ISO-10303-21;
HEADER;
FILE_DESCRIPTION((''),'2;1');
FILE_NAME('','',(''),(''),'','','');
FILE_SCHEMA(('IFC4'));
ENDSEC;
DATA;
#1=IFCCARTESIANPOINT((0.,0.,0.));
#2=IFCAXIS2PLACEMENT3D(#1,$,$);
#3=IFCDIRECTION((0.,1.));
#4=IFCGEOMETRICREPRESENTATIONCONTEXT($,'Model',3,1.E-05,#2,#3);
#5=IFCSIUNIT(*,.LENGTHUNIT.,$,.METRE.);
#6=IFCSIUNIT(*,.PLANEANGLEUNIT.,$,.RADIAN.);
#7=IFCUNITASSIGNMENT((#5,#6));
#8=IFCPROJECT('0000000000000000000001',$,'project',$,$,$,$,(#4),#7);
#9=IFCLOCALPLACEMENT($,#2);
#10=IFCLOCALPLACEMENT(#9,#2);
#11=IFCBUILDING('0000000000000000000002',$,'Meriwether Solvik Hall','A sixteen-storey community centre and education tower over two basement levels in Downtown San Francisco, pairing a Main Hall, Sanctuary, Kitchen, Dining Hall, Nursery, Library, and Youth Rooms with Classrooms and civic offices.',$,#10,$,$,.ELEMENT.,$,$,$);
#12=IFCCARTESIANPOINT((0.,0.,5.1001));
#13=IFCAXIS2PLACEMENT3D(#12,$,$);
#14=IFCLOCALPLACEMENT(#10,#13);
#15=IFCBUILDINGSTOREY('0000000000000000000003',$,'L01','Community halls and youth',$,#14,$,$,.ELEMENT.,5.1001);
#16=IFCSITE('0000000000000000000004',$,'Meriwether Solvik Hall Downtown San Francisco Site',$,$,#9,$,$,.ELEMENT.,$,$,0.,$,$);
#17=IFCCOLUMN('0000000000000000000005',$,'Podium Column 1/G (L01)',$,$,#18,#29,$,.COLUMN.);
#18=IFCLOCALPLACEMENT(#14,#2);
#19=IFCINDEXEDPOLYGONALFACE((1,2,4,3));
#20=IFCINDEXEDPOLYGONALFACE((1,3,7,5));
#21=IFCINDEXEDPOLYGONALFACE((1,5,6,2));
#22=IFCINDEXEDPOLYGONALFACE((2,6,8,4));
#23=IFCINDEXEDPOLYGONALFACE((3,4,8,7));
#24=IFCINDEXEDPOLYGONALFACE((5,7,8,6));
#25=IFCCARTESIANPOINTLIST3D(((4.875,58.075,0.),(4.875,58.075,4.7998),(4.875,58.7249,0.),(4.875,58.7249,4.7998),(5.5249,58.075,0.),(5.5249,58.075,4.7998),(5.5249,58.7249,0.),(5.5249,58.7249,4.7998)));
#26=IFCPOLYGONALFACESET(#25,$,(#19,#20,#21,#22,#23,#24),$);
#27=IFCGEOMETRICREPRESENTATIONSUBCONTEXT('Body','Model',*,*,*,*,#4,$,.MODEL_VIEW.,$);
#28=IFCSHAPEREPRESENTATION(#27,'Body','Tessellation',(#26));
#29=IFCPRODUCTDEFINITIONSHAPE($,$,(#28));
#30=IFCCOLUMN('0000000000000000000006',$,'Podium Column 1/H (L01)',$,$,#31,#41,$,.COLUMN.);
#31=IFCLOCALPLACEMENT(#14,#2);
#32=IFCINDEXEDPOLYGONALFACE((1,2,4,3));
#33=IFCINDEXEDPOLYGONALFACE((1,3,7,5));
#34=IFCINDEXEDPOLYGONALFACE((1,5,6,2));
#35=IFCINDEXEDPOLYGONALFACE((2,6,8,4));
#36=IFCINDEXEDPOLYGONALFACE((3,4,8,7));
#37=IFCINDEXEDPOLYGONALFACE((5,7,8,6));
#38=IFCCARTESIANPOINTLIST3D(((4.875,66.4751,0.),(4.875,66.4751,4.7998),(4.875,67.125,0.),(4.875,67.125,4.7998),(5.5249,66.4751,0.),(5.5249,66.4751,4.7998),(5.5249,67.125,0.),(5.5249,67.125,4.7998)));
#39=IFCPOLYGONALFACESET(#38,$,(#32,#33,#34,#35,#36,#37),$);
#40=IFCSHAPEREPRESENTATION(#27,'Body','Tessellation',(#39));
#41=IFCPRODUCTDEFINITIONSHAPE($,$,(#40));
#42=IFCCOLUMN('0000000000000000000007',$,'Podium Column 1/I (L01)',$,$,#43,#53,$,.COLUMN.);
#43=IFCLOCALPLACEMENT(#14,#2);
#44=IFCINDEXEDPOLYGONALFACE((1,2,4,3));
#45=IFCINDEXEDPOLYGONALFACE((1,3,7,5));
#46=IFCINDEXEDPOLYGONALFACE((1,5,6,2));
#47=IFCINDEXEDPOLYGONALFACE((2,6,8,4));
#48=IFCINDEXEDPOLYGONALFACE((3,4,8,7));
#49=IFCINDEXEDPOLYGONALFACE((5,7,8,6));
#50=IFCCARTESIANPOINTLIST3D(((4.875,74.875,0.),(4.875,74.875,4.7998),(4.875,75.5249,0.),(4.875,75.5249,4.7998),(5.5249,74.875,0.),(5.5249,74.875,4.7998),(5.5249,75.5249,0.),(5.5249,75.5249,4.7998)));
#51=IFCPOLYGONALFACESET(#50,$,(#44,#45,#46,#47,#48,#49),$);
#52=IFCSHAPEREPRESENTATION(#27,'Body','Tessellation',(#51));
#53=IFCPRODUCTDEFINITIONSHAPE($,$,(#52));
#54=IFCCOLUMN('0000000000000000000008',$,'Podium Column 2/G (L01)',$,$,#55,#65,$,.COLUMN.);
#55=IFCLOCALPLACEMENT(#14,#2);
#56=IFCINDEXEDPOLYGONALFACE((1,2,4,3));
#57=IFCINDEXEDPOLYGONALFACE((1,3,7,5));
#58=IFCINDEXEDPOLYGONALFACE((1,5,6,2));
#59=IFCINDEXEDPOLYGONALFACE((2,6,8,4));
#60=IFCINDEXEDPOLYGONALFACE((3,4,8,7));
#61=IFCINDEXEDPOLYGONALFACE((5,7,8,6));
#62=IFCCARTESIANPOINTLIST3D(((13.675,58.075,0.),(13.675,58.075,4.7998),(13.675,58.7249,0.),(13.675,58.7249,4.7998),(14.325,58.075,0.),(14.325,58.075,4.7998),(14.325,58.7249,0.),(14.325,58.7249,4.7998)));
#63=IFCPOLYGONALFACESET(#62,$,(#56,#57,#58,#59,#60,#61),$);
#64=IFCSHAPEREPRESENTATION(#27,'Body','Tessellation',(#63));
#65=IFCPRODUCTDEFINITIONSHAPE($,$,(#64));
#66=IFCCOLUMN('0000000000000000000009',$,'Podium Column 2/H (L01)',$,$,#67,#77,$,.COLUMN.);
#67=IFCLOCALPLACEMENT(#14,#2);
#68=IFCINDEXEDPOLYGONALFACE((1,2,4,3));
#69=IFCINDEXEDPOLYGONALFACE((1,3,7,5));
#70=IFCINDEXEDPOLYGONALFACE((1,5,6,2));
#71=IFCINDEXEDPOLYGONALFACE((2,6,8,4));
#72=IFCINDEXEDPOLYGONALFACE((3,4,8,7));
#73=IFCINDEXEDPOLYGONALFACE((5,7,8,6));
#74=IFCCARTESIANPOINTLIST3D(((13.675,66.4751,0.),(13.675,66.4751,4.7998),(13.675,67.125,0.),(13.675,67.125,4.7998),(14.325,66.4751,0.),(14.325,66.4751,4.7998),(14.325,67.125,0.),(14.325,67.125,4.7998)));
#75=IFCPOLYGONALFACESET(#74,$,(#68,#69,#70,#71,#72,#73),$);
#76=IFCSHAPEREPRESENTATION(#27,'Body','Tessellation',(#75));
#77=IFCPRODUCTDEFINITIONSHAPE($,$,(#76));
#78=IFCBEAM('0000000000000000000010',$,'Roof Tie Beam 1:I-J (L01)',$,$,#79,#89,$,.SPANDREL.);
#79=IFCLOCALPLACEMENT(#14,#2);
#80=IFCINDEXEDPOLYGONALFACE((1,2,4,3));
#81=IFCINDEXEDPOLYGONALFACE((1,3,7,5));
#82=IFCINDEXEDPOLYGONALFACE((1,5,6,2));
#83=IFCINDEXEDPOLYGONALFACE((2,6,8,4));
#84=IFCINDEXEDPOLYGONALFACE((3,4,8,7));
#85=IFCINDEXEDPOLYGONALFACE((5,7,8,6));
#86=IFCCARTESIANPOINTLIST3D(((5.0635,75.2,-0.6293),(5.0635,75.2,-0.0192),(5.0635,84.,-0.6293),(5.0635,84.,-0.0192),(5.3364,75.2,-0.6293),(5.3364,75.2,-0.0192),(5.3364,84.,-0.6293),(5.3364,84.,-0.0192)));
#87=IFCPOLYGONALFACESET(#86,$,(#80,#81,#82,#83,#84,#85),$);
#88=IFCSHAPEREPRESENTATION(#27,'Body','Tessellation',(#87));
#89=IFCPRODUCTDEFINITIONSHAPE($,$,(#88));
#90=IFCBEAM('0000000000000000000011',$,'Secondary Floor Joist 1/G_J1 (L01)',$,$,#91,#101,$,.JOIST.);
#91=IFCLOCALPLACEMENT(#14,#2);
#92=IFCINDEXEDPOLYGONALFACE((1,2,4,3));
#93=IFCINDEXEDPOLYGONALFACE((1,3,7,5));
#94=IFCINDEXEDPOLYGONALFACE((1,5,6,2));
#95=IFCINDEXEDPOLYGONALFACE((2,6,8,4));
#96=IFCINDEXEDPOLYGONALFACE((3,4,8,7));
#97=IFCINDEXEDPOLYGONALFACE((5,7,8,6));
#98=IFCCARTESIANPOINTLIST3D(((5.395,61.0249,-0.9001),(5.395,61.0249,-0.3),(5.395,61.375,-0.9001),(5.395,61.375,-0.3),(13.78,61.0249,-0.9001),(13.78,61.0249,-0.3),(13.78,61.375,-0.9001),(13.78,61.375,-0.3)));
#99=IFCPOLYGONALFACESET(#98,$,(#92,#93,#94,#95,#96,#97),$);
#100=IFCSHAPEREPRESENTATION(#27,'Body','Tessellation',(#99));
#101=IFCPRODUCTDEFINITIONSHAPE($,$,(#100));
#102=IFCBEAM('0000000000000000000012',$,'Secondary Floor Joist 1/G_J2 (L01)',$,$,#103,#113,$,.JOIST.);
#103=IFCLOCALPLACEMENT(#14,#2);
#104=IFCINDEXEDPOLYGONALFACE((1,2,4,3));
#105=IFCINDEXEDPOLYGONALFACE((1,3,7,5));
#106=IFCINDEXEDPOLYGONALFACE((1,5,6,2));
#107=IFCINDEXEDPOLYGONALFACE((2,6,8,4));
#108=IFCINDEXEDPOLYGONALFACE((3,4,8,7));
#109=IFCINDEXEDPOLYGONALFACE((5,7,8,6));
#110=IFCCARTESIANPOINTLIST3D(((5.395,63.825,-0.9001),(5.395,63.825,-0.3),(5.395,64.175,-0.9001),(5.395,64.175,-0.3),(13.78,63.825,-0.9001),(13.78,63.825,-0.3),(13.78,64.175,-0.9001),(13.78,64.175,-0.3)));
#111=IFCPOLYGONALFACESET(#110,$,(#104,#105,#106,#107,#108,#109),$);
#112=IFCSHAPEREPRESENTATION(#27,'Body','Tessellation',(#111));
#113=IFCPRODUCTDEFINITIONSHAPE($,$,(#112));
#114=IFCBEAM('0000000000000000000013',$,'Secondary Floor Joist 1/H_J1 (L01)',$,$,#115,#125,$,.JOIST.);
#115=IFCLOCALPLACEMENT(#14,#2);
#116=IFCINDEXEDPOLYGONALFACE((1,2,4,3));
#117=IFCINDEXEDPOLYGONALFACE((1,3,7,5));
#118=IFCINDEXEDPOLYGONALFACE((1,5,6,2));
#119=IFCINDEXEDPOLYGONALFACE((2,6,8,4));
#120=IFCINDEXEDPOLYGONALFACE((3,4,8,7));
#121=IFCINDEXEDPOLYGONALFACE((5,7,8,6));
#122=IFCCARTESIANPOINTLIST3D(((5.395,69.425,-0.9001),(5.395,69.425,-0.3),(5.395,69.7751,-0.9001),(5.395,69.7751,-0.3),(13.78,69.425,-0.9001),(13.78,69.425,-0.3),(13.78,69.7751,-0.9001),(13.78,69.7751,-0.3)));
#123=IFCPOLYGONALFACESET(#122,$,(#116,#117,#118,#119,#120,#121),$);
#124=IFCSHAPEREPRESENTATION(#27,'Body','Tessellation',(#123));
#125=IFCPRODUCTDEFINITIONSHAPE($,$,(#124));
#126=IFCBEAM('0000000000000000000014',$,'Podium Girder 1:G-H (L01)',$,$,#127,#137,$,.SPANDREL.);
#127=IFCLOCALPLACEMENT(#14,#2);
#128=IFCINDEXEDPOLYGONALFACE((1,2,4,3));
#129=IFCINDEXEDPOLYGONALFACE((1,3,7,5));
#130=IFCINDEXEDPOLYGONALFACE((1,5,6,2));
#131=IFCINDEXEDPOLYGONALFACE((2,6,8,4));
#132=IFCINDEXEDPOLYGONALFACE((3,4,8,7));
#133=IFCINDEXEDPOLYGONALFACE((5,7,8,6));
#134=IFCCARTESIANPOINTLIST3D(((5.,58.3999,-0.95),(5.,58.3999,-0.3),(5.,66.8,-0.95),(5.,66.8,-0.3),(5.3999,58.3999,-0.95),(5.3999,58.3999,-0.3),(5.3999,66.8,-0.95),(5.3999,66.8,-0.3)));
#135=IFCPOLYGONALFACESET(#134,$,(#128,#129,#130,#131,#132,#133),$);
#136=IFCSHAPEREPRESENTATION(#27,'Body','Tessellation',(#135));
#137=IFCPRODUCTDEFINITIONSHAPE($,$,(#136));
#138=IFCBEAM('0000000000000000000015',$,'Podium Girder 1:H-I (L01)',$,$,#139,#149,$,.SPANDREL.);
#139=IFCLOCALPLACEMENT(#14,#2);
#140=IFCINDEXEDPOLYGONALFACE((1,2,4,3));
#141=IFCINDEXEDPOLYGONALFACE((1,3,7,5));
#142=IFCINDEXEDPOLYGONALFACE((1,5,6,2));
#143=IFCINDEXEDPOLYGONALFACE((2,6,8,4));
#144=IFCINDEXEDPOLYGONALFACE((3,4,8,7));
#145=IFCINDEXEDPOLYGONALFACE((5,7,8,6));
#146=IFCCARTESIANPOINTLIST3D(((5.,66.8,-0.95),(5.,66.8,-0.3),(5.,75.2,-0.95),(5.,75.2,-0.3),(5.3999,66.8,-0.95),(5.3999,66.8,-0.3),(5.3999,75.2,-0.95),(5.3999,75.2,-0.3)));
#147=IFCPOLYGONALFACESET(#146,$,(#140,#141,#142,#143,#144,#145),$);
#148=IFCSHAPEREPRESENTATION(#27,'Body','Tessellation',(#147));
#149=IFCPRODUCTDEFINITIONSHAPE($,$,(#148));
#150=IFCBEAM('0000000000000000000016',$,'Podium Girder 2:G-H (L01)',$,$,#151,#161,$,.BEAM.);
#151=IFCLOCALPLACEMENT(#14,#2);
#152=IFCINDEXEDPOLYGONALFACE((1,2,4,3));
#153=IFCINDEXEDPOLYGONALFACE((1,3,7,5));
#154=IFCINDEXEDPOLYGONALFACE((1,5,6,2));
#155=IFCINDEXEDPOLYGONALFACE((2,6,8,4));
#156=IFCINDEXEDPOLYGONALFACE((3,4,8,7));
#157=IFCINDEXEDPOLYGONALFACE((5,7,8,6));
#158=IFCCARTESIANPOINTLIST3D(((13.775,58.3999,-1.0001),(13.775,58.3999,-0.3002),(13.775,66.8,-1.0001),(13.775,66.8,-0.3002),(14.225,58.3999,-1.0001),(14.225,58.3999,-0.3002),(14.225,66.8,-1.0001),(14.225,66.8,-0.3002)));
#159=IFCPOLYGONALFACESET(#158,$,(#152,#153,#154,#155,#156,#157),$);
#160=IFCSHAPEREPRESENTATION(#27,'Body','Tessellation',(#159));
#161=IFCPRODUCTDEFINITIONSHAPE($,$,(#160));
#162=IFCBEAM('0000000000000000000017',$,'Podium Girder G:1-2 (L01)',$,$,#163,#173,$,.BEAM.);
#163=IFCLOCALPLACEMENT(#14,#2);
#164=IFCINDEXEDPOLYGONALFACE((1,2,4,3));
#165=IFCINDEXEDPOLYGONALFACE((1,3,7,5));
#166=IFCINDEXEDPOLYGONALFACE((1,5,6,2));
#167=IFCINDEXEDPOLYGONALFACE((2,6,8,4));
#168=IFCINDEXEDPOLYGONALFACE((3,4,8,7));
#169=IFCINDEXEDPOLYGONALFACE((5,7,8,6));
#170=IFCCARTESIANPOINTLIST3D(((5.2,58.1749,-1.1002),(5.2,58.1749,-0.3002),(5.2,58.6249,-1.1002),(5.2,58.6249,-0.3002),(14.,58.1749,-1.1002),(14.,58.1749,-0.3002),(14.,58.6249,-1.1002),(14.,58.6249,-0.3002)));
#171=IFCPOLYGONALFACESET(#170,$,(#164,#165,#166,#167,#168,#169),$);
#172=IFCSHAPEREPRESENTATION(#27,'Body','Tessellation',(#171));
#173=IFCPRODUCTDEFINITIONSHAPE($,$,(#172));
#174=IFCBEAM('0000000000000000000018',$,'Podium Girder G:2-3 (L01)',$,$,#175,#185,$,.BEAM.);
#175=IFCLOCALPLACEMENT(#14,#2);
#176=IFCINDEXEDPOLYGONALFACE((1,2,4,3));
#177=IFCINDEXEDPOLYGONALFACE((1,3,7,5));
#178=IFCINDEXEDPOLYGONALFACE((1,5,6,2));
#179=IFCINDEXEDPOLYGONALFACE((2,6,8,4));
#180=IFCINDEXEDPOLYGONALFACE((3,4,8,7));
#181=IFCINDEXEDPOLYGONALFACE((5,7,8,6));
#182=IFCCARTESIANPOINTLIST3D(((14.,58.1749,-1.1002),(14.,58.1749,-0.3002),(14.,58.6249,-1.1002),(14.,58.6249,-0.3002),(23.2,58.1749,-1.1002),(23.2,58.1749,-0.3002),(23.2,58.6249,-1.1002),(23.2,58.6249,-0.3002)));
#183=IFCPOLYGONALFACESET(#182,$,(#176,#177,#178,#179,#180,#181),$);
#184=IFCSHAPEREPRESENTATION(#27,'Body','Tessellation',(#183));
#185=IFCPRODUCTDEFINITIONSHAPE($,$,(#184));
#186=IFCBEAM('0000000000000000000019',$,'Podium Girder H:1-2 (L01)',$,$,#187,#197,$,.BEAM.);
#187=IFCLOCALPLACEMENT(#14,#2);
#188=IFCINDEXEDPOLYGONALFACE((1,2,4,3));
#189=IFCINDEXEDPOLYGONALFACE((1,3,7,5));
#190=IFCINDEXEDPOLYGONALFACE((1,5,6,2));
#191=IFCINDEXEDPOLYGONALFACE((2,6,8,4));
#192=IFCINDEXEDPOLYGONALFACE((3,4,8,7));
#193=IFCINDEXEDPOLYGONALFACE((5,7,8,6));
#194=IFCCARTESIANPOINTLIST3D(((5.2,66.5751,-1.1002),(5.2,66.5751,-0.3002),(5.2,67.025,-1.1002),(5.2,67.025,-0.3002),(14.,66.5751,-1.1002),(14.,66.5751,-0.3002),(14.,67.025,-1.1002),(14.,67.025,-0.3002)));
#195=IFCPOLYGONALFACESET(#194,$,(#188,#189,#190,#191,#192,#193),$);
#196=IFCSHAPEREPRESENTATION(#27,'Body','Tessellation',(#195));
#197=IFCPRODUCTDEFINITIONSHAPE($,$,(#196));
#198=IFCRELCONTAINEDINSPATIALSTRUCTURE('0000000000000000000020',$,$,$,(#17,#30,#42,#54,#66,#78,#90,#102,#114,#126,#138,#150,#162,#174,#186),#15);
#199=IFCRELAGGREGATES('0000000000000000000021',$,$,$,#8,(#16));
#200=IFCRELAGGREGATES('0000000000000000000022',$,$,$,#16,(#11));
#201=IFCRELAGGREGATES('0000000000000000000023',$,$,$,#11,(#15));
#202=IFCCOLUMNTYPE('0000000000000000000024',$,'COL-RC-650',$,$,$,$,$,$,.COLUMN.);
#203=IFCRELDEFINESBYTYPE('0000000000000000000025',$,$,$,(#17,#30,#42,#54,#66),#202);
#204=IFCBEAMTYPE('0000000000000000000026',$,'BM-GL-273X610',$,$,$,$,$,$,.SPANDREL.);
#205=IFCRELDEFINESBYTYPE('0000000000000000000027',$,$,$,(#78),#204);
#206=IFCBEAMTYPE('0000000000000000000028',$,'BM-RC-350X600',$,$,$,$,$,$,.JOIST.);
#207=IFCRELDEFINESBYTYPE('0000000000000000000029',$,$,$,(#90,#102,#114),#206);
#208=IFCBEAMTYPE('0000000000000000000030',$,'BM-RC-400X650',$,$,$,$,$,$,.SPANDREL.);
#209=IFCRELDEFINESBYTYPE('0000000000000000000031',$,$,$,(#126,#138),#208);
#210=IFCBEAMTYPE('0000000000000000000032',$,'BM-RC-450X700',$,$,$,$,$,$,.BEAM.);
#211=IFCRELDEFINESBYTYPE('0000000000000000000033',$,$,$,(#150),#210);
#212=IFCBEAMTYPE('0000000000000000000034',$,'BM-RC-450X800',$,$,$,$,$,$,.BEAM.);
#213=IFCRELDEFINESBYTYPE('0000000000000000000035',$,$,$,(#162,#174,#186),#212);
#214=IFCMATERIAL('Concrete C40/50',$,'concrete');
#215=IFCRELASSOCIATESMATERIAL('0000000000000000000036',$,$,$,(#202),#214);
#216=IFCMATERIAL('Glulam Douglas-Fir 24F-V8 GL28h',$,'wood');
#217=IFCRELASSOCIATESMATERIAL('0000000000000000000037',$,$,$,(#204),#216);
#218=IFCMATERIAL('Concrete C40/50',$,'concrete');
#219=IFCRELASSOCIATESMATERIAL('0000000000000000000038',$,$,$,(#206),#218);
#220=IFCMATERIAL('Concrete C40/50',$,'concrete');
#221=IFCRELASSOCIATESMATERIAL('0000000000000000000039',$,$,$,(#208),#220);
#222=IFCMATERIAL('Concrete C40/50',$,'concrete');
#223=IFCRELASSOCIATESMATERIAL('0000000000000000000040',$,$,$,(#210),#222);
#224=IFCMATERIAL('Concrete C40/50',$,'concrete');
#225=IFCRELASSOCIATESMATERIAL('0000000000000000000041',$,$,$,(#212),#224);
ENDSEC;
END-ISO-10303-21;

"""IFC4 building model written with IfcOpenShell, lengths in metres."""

from ifc_helpers import new_model, si_unit, direction, frame, origin, origin_2d, place, context, subcontext, project, spatial, rectangle, extrude, material, material_profile, profile_set, type_object, element, save


model = new_model("IFC4")

# Units and contexts
model_context = context("Model", 3, precision=1e-05, world=origin(), true_north=direction((0.0, 1.0)))
body_context = subcontext(model_context, "Body", "Model", "MODEL_VIEW")
ifc_project = project(units=[si_unit("LENGTHUNIT", "METRE"), si_unit("PLANEANGLEUNIT", "RADIAN")], contexts=[model_context])

# Site, building, storey
site_placement = place(None, origin())
site = spatial("IfcSite", under=ifc_project, at=site_placement, Name="Meriwether Solvik Hall Downtown San Francisco Site", CompositionType="ELEMENT", RefElevation=0.0)
building_placement = place(site_placement, origin())
building = spatial("IfcBuilding", under=site, at=building_placement, Name="Meriwether Solvik Hall", Description="A sixteen-storey community centre and education tower over two basement levels in Downtown San Francisco, pairing a Main Hall, Sanctuary, Kitchen, Dining Hall, Nursery, Library, and Youth Rooms with Classrooms and civic offices.", CompositionType="ELEMENT")
storey_placement = place(building_placement, frame((0.0, 0.0, 5.1001)))
storey = spatial("IfcBuildingStorey", under=building, at=storey_placement, Name="L01", Description="Community halls and youth", CompositionType="ELEMENT", Elevation=5.1001)

# Columns
ifc_material_1 = material(Name="Concrete C40/50", Category="concrete")
ifc_material_profile_1 = material_profile(ifc_material_1, rectangle(XDim=0.6499, YDim=0.6499, at=origin_2d()), Name="RCC-650X650")
ifc_profile_set_1 = profile_set([ifc_material_profile_1], Name="Concrete C40/50")
column_type = type_object("IfcColumnType", Name="COL-RC-650", PredefinedType="COLUMN", material=ifc_profile_set_1)
for number, where, z_axis, x_axis, name in (
    (1, (5.2, 58.3999, 0.0), (0.0, 0.0, 1.0), (1.0, 0.0, 0.0), "Podium Column 1/G (L01)"),
    (2, (5.2, 66.8, 0.0), (0.0, 0.0, 1.0), (1.0, 0.0, 0.0), "Podium Column 1/H (L01)"),
    (3, (5.2, 75.2, 0.0), (0.0, 0.0, 1.0), (1.0, 0.0, 0.0), "Podium Column 1/I (L01)"),
    (4, (14.0, 58.3999, 0.0), (0.0, 0.0, 1.0), (1.0, 0.0, 0.0), "Podium Column 2/G (L01)"),
    (5, (14.0, 66.8, 0.0), (0.0, 0.0, 1.0), (1.0, 0.0, 0.0), "Podium Column 2/H (L01)"),
):
    element("IfcColumn", number, at=place(storey_placement, frame(where, z_axis=z_axis, x_axis=x_axis)), inside=storey, type_object=column_type, Name=name, PredefinedType="COLUMN", context=body_context, shape_type="SweptSolid", body=[
        extrude(rectangle(XDim=0.6499, YDim=0.6499, at=origin_2d()), origin(), (0.0, 0.0, 1.0), 4.7998),
    ])

# Beams
ifc_material_2 = material(Name="Glulam Douglas-Fir 24F-V8 GL28h", Category="wood")
ifc_material_profile_2 = material_profile(ifc_material_2, rectangle(XDim=0.2729, YDim=0.6101, at=origin_2d()), Name="GLB-273X610")
ifc_profile_set_2 = profile_set([ifc_material_profile_2], Name="Glulam Douglas-Fir 24F-V8 GL28h")
beam_type_1 = type_object("IfcBeamType", Name="BM-GL-273X610", PredefinedType="SPANDREL", material=ifc_profile_set_2)
beam_1_placement = place(storey_placement, frame((5.2, 75.2, -0.3242), z_axis=(0.0, 1.0, 0.0), x_axis=(-1.0, 0.0, 0.0)))
element("IfcBeam", 6, at=beam_1_placement, inside=storey, type_object=beam_type_1, Name="Roof Tie Beam 1:I-J (L01)", PredefinedType="SPANDREL", context=body_context, shape_type="SweptSolid", body=[
    extrude(rectangle(XDim=0.2729, YDim=0.6101, at=origin_2d()), origin(), (0.0, 0.0, 1.0), 8.8),
])
ifc_material_3 = material(Name="Concrete C40/50", Category="concrete")
ifc_material_profile_3 = material_profile(ifc_material_3, rectangle(XDim=0.3501, YDim=0.6001, at=origin_2d()), Name="RCB-350X600")
ifc_profile_set_3 = profile_set([ifc_material_profile_3], Name="Concrete C40/50")
beam_type_2 = type_object("IfcBeamType", Name="BM-RC-350X600", PredefinedType="JOIST", material=ifc_profile_set_3)
for number, where, z_axis, x_axis, name in (
    (7, (5.395, 61.2, -0.6001), (1.0, 0.0, 0.0), (0.0, 1.0, 0.0), "Secondary Floor Joist 1/G_J1 (L01)"),
    (8, (5.395, 64.0, -0.6001), (1.0, 0.0, 0.0), (0.0, 1.0, 0.0), "Secondary Floor Joist 1/G_J2 (L01)"),
    (9, (5.395, 69.6001, -0.6001), (1.0, 0.0, 0.0), (0.0, 1.0, 0.0), "Secondary Floor Joist 1/H_J1 (L01)"),
):
    element("IfcBeam", number, at=place(storey_placement, frame(where, z_axis=z_axis, x_axis=x_axis)), inside=storey, type_object=beam_type_2, Name=name, PredefinedType="JOIST", context=body_context, shape_type="SweptSolid", body=[
        extrude(rectangle(XDim=0.3501, YDim=0.6001, at=origin_2d()), origin(), (0.0, 0.0, 1.0), 8.385),
    ])
ifc_material_4 = material(Name="Concrete C40/50", Category="concrete")
ifc_material_profile_4 = material_profile(ifc_material_4, rectangle(XDim=0.3999, YDim=0.6499, at=origin_2d()), Name="RCB-400X650")
ifc_profile_set_4 = profile_set([ifc_material_profile_4], Name="Concrete C40/50")
beam_type_3 = type_object("IfcBeamType", Name="BM-RC-400X650", PredefinedType="SPANDREL", material=ifc_profile_set_4)
beam_2_placement = place(storey_placement, frame((5.2, 58.3999, -0.625), z_axis=(0.0, 1.0, 0.0), x_axis=(-1.0, 0.0, 0.0)))
element("IfcBeam", 10, at=beam_2_placement, inside=storey, type_object=beam_type_3, Name="Podium Girder 1:G-H (L01)", PredefinedType="SPANDREL", context=body_context, shape_type="SweptSolid", body=[
    extrude(rectangle(XDim=0.3999, YDim=0.6499, at=origin_2d()), origin(), (0.0, 0.0, 1.0), 8.4001),
])
beam_3_placement = place(storey_placement, frame((5.2, 66.8, -0.625), z_axis=(0.0, 1.0, 0.0), x_axis=(-1.0, 0.0, 0.0)))
element("IfcBeam", 11, at=beam_3_placement, inside=storey, type_object=beam_type_3, Name="Podium Girder 1:H-I (L01)", PredefinedType="SPANDREL", context=body_context, shape_type="SweptSolid", body=[
    extrude(rectangle(XDim=0.3999, YDim=0.6499, at=origin_2d()), origin(), (0.0, 0.0, 1.0), 8.3999),
])
ifc_material_5 = material(Name="Concrete C40/50", Category="concrete")
ifc_material_profile_5 = material_profile(ifc_material_5, rectangle(XDim=0.45, YDim=0.7, at=origin_2d()), Name="RCB-450X700")
ifc_profile_set_5 = profile_set([ifc_material_profile_5], Name="Concrete C40/50")
beam_type_4 = type_object("IfcBeamType", Name="BM-RC-450X700", PredefinedType="BEAM", material=ifc_profile_set_5)
beam_4_placement = place(storey_placement, frame((14.0, 58.3999, -0.6501), z_axis=(0.0, 1.0, 0.0), x_axis=(-1.0, 0.0, 0.0)))
element("IfcBeam", 12, at=beam_4_placement, inside=storey, type_object=beam_type_4, Name="Podium Girder 2:G-H (L01)", PredefinedType="BEAM", context=body_context, shape_type="SweptSolid", body=[
    extrude(rectangle(XDim=0.45, YDim=0.7, at=origin_2d()), origin(), (0.0, 0.0, 1.0), 8.4001),
])
ifc_material_6 = material(Name="Concrete C40/50", Category="concrete")
ifc_material_profile_6 = material_profile(ifc_material_6, rectangle(XDim=0.45, YDim=0.8, at=origin_2d()), Name="RCB-450X800")
ifc_profile_set_6 = profile_set([ifc_material_profile_6], Name="Concrete C40/50")
beam_type_5 = type_object("IfcBeamType", Name="BM-RC-450X800", PredefinedType="BEAM", material=ifc_profile_set_6)
beam_5_placement = place(storey_placement, frame((5.2, 58.3999, -0.7002), z_axis=(1.0, 0.0, 0.0), x_axis=(0.0, 1.0, 0.0)))
element("IfcBeam", 13, at=beam_5_placement, inside=storey, type_object=beam_type_5, Name="Podium Girder G:1-2 (L01)", PredefinedType="BEAM", context=body_context, shape_type="SweptSolid", body=[
    extrude(rectangle(XDim=0.45, YDim=0.8, at=origin_2d()), origin(), (0.0, 0.0, 1.0), 8.8),
])
beam_6_placement = place(storey_placement, frame((14.0, 58.3999, -0.7002), z_axis=(1.0, 0.0, 0.0), x_axis=(0.0, 1.0, 0.0)))
element("IfcBeam", 14, at=beam_6_placement, inside=storey, type_object=beam_type_5, Name="Podium Girder G:2-3 (L01)", PredefinedType="BEAM", context=body_context, shape_type="SweptSolid", body=[
    extrude(rectangle(XDim=0.45, YDim=0.8, at=origin_2d()), origin(), (0.0, 0.0, 1.0), 9.2),
])
beam_7_placement = place(storey_placement, frame((5.2, 66.8, -0.7002), z_axis=(1.0, 0.0, 0.0), x_axis=(0.0, 1.0, 0.0)))
element("IfcBeam", 15, at=beam_7_placement, inside=storey, type_object=beam_type_5, Name="Podium Girder H:1-2 (L01)", PredefinedType="BEAM", context=body_context, shape_type="SweptSolid", body=[
    extrude(rectangle(XDim=0.45, YDim=0.8, at=origin_2d()), origin(), (0.0, 0.0, 1.0), 8.8),
])

save(model, "model.ifc")
